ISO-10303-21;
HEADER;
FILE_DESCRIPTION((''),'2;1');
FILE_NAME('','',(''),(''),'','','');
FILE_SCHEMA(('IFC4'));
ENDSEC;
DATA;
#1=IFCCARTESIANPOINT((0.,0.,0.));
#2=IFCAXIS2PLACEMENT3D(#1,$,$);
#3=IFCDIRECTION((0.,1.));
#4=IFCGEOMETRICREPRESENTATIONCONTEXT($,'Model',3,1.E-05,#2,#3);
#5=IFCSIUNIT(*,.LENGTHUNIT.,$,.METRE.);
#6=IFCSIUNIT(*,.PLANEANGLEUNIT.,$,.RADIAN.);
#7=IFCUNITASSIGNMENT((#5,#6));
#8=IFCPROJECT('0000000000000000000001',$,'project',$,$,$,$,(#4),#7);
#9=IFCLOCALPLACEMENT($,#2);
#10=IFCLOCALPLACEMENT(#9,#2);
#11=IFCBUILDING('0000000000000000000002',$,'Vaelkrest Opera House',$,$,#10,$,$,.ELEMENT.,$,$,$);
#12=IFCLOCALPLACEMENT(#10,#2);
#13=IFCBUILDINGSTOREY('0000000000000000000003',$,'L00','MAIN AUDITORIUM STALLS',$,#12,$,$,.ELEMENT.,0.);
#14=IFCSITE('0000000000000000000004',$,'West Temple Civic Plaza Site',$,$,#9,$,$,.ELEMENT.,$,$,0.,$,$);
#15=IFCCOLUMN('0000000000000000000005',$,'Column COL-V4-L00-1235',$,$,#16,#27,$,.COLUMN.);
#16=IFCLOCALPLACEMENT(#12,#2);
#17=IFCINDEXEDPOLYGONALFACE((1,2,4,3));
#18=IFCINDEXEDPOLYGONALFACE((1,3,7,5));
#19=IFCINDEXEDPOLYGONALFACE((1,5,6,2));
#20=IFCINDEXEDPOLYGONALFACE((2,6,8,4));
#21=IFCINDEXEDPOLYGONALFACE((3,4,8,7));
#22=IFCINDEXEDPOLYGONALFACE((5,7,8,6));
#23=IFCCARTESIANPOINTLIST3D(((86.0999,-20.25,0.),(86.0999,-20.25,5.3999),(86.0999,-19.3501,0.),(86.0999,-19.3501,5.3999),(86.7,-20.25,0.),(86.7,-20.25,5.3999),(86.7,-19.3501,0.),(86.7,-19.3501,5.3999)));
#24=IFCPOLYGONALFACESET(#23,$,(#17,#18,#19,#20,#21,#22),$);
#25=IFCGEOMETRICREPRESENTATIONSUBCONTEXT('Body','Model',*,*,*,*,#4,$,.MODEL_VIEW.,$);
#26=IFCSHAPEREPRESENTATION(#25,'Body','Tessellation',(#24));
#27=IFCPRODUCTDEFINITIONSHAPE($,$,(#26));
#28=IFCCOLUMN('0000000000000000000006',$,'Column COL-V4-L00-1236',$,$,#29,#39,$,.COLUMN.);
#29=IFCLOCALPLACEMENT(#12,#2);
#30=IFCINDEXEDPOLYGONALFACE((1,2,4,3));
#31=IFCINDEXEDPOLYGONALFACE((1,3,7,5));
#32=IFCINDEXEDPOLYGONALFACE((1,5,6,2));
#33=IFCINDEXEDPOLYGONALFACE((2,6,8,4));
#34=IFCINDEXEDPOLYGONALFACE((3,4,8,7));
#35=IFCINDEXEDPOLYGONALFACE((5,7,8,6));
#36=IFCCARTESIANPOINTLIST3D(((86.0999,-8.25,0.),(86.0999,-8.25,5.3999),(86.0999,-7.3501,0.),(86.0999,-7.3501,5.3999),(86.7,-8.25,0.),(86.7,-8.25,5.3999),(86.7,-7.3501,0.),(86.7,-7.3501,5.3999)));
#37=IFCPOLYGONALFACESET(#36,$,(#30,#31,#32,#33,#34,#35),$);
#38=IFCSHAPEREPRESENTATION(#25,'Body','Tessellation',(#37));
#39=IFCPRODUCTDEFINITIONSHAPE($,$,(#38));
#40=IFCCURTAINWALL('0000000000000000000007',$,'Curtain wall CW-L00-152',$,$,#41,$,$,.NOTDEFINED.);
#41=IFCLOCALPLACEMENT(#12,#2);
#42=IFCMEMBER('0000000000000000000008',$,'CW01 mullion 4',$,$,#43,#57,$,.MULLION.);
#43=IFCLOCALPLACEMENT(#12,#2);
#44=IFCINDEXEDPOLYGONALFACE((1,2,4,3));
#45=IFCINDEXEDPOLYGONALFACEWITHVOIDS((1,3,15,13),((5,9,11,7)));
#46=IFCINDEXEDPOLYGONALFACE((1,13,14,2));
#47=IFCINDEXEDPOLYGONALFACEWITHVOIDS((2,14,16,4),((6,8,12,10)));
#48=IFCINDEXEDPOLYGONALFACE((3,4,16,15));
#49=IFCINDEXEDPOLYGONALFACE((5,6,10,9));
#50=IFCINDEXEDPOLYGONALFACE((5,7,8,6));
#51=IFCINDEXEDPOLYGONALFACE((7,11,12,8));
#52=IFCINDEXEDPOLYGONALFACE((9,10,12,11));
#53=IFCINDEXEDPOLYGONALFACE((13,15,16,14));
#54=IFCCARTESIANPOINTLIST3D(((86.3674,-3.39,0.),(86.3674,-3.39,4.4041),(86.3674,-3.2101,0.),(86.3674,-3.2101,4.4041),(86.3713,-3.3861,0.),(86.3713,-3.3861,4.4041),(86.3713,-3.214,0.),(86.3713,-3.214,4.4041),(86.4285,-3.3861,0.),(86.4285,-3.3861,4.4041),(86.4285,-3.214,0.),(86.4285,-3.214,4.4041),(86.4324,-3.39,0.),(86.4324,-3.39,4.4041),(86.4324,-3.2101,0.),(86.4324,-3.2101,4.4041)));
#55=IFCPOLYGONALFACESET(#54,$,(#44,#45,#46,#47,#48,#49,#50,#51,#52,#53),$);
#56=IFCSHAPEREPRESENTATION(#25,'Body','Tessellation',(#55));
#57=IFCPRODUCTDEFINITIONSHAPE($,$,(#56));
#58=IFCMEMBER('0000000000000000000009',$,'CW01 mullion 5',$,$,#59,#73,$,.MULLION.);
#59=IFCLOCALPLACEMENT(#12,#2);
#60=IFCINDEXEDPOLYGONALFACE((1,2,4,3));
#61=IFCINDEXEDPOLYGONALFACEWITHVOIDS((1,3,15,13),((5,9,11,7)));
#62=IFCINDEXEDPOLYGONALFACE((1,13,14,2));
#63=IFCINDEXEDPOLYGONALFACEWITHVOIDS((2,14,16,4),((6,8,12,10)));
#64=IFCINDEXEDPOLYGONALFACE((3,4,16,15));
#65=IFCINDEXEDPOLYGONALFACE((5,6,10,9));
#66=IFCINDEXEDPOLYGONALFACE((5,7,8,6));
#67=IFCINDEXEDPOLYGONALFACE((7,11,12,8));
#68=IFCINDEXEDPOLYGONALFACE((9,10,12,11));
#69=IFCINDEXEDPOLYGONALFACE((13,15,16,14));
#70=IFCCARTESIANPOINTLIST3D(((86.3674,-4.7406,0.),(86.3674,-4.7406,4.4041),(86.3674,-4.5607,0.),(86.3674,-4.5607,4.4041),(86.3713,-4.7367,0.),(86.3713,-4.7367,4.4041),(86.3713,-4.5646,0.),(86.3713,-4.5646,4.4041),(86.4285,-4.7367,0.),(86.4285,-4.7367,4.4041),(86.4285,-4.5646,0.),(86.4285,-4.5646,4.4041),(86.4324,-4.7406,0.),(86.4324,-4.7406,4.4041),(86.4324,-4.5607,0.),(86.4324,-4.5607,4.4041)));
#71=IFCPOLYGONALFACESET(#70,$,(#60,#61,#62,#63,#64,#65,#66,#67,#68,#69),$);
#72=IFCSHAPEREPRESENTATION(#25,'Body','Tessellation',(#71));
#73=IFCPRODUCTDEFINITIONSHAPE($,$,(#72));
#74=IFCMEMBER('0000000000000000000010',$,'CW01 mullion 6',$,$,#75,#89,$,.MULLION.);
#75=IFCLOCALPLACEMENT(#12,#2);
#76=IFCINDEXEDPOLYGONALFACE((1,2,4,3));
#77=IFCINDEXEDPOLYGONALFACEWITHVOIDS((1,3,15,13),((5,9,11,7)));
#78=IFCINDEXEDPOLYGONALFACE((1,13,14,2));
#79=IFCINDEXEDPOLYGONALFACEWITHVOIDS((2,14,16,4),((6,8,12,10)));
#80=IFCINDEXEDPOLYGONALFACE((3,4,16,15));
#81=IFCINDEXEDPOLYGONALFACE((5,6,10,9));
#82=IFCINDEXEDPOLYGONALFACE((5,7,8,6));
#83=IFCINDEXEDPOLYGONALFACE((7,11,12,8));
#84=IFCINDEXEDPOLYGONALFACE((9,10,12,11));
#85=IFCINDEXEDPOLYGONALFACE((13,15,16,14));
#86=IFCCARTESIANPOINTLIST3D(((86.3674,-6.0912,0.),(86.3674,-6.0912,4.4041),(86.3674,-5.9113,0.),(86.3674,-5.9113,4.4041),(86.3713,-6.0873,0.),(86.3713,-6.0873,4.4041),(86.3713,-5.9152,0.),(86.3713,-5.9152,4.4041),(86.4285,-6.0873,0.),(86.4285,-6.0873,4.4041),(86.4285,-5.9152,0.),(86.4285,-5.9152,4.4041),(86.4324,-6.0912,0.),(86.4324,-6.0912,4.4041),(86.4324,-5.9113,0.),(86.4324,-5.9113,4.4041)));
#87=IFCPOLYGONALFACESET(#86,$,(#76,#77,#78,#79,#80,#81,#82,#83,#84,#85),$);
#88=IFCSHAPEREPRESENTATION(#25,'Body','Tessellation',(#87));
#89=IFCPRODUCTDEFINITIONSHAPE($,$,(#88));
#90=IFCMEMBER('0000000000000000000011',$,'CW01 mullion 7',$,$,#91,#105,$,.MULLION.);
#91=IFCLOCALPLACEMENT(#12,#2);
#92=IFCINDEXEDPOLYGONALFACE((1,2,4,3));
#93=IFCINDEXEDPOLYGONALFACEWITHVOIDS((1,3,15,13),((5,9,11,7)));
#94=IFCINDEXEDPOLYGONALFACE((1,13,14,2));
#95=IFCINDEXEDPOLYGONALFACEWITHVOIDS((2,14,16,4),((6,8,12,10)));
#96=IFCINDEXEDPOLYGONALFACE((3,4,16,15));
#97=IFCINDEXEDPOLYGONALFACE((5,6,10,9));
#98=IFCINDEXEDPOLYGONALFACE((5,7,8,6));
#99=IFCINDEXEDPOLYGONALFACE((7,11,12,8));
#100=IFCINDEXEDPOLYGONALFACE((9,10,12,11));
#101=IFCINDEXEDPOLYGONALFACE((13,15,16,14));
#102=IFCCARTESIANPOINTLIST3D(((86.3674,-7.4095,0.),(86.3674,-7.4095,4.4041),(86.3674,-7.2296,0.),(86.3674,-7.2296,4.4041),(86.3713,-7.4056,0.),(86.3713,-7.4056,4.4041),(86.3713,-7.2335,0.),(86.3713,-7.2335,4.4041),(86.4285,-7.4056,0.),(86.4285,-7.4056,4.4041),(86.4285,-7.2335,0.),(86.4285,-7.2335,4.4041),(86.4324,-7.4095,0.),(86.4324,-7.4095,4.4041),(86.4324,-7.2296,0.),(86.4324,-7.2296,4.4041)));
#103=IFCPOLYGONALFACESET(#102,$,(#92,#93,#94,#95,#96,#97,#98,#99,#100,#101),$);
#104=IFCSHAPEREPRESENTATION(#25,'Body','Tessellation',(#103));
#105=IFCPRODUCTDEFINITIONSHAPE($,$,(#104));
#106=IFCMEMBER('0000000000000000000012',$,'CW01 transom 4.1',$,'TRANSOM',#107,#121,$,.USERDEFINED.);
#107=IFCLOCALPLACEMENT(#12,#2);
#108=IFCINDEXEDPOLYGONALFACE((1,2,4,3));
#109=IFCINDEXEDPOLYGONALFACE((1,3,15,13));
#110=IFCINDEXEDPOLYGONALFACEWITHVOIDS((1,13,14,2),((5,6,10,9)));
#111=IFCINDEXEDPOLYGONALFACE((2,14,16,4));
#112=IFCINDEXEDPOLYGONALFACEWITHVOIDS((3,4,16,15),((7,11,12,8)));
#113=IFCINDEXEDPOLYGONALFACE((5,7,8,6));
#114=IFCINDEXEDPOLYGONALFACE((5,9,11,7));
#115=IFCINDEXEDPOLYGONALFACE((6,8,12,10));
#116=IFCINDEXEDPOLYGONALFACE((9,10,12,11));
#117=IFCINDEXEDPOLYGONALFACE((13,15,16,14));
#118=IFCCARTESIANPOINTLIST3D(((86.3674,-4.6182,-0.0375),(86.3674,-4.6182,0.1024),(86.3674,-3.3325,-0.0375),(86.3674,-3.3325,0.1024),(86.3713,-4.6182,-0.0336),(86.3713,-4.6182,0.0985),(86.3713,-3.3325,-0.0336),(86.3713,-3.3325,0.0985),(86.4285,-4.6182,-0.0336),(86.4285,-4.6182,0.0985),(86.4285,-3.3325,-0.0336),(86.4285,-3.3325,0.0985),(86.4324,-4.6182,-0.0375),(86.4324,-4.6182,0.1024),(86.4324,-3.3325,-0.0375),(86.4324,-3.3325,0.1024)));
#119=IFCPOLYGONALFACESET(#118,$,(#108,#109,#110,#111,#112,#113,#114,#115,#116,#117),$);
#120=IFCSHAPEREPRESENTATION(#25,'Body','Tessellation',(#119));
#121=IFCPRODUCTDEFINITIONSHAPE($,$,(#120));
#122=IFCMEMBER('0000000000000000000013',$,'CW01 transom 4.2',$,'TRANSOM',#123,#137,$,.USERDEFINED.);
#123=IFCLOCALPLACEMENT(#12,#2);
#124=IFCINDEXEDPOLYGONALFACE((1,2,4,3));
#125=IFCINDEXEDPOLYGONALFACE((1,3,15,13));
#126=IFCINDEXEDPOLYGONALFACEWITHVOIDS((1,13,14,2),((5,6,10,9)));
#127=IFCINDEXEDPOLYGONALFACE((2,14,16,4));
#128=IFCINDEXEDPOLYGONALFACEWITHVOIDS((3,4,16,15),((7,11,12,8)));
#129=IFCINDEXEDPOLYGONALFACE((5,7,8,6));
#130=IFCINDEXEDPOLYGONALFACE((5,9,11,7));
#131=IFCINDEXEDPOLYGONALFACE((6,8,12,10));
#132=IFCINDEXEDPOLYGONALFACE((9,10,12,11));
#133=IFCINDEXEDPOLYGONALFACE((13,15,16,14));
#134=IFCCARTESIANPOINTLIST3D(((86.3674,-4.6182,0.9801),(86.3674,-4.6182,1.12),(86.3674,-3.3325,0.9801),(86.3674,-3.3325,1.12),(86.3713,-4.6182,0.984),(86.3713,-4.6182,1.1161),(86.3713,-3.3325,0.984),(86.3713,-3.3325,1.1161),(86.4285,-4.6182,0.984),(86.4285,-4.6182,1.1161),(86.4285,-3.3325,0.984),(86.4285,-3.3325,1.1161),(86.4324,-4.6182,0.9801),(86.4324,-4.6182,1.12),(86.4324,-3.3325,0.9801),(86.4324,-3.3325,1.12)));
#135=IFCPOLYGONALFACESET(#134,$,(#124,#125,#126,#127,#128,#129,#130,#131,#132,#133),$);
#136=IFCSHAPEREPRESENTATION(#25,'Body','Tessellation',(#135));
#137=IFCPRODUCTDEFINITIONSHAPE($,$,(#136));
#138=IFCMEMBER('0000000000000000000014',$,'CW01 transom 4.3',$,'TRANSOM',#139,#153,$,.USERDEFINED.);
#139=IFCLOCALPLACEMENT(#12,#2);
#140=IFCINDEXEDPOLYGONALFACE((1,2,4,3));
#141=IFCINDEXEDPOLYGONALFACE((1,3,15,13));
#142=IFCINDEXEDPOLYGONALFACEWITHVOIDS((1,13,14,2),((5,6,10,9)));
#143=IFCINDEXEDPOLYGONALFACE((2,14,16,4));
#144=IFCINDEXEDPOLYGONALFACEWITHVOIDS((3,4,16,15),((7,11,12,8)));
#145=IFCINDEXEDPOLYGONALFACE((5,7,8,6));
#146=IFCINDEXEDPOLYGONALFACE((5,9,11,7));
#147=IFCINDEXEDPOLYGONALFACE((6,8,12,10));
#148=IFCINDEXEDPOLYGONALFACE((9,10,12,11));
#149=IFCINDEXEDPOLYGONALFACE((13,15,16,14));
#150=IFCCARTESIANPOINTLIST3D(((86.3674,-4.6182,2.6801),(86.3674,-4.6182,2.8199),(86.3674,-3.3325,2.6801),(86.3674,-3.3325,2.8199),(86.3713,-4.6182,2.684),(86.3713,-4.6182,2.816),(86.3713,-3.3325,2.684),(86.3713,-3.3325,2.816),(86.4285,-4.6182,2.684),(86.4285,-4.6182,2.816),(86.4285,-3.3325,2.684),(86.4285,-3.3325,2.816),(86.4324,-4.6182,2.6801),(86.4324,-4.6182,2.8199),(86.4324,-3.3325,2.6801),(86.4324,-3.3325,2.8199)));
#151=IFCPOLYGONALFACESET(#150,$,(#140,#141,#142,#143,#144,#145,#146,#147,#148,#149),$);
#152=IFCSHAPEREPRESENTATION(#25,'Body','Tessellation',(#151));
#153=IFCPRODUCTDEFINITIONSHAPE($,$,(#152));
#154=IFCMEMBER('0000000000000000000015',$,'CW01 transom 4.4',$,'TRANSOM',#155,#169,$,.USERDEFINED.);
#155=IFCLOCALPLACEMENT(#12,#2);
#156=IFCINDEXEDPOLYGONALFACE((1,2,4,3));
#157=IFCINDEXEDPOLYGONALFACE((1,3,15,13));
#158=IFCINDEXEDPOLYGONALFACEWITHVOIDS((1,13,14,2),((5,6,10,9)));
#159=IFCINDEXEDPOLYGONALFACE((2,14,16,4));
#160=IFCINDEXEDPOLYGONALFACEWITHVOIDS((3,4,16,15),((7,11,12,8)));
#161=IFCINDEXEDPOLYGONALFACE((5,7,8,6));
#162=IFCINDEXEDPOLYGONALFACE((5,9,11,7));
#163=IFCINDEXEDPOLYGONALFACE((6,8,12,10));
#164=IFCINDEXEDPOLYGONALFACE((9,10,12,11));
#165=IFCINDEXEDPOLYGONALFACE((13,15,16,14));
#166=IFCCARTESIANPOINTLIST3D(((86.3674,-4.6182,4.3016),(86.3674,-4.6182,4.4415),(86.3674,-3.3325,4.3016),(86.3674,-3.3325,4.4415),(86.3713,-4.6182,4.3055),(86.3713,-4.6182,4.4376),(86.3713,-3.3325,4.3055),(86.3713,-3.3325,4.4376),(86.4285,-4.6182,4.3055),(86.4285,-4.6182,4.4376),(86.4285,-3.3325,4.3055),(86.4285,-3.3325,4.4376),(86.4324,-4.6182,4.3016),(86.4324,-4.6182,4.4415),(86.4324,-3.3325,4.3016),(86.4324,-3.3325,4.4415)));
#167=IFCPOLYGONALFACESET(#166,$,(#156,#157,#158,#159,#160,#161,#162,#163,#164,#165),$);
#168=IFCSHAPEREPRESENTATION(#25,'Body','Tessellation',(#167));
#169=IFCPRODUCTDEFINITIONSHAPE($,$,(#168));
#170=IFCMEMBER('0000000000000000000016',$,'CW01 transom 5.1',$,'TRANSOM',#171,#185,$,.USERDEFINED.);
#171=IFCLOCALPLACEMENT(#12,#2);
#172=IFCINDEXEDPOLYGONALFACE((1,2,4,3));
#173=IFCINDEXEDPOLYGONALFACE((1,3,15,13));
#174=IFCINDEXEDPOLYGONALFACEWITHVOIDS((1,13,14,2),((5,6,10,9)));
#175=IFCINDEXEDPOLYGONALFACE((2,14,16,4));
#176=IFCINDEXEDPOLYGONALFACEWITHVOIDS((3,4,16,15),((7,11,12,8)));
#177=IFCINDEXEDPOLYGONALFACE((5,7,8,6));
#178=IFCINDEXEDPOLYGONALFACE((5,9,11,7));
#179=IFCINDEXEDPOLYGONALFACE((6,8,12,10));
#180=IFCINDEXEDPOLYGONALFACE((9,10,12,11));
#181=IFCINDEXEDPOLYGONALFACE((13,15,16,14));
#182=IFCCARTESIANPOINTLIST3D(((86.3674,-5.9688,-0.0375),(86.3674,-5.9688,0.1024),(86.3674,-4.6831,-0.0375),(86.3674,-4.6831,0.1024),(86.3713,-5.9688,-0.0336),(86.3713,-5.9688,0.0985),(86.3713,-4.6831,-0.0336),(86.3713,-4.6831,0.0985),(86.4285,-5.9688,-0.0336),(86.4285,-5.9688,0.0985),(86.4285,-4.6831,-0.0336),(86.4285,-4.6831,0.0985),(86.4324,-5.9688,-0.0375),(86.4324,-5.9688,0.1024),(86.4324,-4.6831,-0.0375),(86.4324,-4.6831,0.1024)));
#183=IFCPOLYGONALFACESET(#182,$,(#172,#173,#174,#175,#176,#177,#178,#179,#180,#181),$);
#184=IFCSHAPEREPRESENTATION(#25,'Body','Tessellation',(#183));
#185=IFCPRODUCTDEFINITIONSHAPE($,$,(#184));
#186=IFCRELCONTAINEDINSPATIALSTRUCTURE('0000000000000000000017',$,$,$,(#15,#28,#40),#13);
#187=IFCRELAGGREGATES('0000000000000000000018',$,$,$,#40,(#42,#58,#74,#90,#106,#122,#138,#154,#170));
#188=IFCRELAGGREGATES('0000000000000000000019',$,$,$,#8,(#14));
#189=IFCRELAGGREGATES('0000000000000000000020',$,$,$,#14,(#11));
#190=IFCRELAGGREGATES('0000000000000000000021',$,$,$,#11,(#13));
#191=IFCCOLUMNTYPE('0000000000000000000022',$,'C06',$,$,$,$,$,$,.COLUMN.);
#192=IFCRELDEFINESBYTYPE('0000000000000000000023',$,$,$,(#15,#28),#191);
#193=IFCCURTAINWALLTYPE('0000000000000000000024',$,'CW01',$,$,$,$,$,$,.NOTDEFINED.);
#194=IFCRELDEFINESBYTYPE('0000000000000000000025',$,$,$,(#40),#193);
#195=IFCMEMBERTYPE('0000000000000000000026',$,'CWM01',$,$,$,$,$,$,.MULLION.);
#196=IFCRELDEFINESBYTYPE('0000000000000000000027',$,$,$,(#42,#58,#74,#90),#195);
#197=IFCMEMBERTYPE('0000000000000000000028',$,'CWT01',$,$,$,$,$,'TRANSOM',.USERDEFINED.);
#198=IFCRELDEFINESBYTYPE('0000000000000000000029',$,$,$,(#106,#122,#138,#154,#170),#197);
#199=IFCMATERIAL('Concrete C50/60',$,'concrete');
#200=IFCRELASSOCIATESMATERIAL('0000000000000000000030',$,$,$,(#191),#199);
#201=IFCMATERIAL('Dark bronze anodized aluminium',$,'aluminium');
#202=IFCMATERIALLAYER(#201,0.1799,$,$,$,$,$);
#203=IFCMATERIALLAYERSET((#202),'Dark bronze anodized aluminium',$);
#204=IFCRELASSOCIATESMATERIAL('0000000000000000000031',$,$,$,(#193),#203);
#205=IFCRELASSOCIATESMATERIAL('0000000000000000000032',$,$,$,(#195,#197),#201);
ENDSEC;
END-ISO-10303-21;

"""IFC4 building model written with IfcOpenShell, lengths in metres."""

from ifc_helpers import new_model, si_unit, direction, frame, origin, origin_2d, place, context, subcontext, project, spatial, rectangle, hollow_rectangle, extrude, material, layer, layer_set, material_profile, profile_set, type_object, element, aggregate, save


model = new_model("IFC4")

# Units and contexts
model_context = context("Model", 3, precision=1e-05, world=origin(), true_north=direction((0.0, 1.0)))
body_context = subcontext(model_context, "Body", "Model", "MODEL_VIEW")
ifc_project = project(units=[si_unit("LENGTHUNIT", "METRE"), si_unit("PLANEANGLEUNIT", "RADIAN")], contexts=[model_context])

# Site, building, storey
site_placement = place(None, origin())
site = spatial("IfcSite", under=ifc_project, at=site_placement, Name="West Temple Civic Plaza Site", CompositionType="ELEMENT", RefElevation=0.0)
building_placement = place(site_placement, origin())
building = spatial("IfcBuilding", under=site, at=building_placement, Name="Vaelkrest Opera House", CompositionType="ELEMENT")
storey_placement = place(building_placement, origin())
storey = spatial("IfcBuildingStorey", under=building, at=storey_placement, Name="L00", Description="MAIN AUDITORIUM STALLS", CompositionType="ELEMENT", Elevation=0.0)

# Columns
ifc_material_1 = material(Name="Concrete C50/60", Category="concrete")
ifc_material_profile_1 = material_profile(ifc_material_1, rectangle(XDim=0.6001, YDim=0.8999, at=origin_2d()), Name="RC600X900")
ifc_profile_set_1 = profile_set([ifc_material_profile_1], Name="Concrete C50/60")
column_type = type_object("IfcColumnType", Name="C06", PredefinedType="COLUMN", material=ifc_profile_set_1)
for number, where, z_axis, x_axis, name in (
    (1, (86.3999, -19.8, 0.0), (0.0, 0.0, 1.0), (1.0, 0.0, 0.0), "Column COL-V4-L00-1235"),
    (2, (86.3999, -7.8, 0.0), (0.0, 0.0, 1.0), (1.0, 0.0, 0.0), "Column COL-V4-L00-1236"),
):
    element("IfcColumn", number, at=place(storey_placement, frame(where, z_axis=z_axis, x_axis=x_axis)), inside=storey, type_object=column_type, Name=name, PredefinedType="COLUMN", context=body_context, shape_type="SweptSolid", body=[
        extrude(rectangle(XDim=0.6001, YDim=0.8999, at=origin_2d()), origin(), (0.0, 0.0, 1.0), 5.3999),
    ])

# Curtain wall, members
ifc_material_2 = material(Name="Dark bronze anodized aluminium", Category="aluminium")
ifc_layer_1 = layer(ifc_material_2, 0.1799)
ifc_layer_set_1 = layer_set([ifc_layer_1], Name="Dark bronze anodized aluminium")
curtain_wall_type = type_object("IfcCurtainWallType", Name="CW01", PredefinedType="NOTDEFINED", material=ifc_layer_set_1)
curtain_wall_placement = place(storey_placement, origin())
curtain_wall = element("IfcCurtainWall", 3, at=curtain_wall_placement, inside=storey, type_object=curtain_wall_type, Name="Curtain wall CW-L00-152", PredefinedType="NOTDEFINED")
ifc_material_profile_2 = material_profile(ifc_material_2, hollow_rectangle(XDim=0.0649, YDim=0.1799, WallThickness=0.0039, at=origin_2d()), Name="CWM65X180")
ifc_profile_set_2 = profile_set([ifc_material_profile_2], Name="Dark bronze anodized aluminium")
member_type_1 = type_object("IfcMemberType", Name="CWM01", PredefinedType="MULLION", material=ifc_profile_set_2)
member_1_placement = place(storey_placement, frame((86.3999, -3.3, 0.0), z_axis=(0.0, 0.0, 1.0), x_axis=(1.0, 0.0, 0.0)))
member_1 = element("IfcMember", 4, at=member_1_placement, type_object=member_type_1, Name="CW01 mullion 4", PredefinedType="MULLION", context=body_context, shape_type="SweptSolid", body=[
    extrude(hollow_rectangle(XDim=0.0649, YDim=0.1799, WallThickness=0.0039, at=origin_2d()), origin(), (0.0, 0.0, 1.0), 4.4041),
])
member_2_placement = place(storey_placement, frame((86.3999, -4.6506, 0.0), z_axis=(0.0, 0.0, 1.0), x_axis=(1.0, 0.0, 0.0)))
member_2 = element("IfcMember", 5, at=member_2_placement, type_object=member_type_1, Name="CW01 mullion 5", PredefinedType="MULLION", context=body_context, shape_type="SweptSolid", body=[
    extrude(hollow_rectangle(XDim=0.0649, YDim=0.1799, WallThickness=0.0039, at=origin_2d()), origin(), (0.0, 0.0, 1.0), 4.4041),
])
member_3_placement = place(storey_placement, frame((86.3999, -6.0012, 0.0), z_axis=(0.0, 0.0, 1.0), x_axis=(1.0, 0.0, 0.0)))
member_3 = element("IfcMember", 6, at=member_3_placement, type_object=member_type_1, Name="CW01 mullion 6", PredefinedType="MULLION", context=body_context, shape_type="SweptSolid", body=[
    extrude(hollow_rectangle(XDim=0.0649, YDim=0.1799, WallThickness=0.0039, at=origin_2d()), origin(), (0.0, 0.0, 1.0), 4.4041),
])
member_4_placement = place(storey_placement, frame((86.3999, -7.3196, 0.0), z_axis=(0.0, 0.0, 1.0), x_axis=(1.0, 0.0, 0.0)))
member_4 = element("IfcMember", 7, at=member_4_placement, type_object=member_type_1, Name="CW01 mullion 7", PredefinedType="MULLION", context=body_context, shape_type="SweptSolid", body=[
    extrude(hollow_rectangle(XDim=0.0649, YDim=0.1799, WallThickness=0.0039, at=origin_2d()), origin(), (0.0, 0.0, 1.0), 4.4041),
])
ifc_material_profile_3 = material_profile(ifc_material_2, hollow_rectangle(XDim=0.0649, YDim=0.1399, WallThickness=0.0039, at=origin_2d()), Name="CWT65X140")
ifc_profile_set_3 = profile_set([ifc_material_profile_3], Name="Dark bronze anodized aluminium")
member_type_2 = type_object("IfcMemberType", Name="CWT01", ElementType="TRANSOM", PredefinedType="USERDEFINED", material=ifc_profile_set_3)
member_5_placement = place(storey_placement, frame((86.3999, -3.3325, 0.0325), z_axis=(0.0, -1.0, 0.0), x_axis=(1.0, 0.0, 0.0)))
member_5 = element("IfcMember", 8, at=member_5_placement, type_object=member_type_2, Name="CW01 transom 4.1", ObjectType="TRANSOM", PredefinedType="USERDEFINED", context=body_context, shape_type="SweptSolid", body=[
    extrude(hollow_rectangle(XDim=0.0649, YDim=0.1399, WallThickness=0.0039, at=origin_2d()), origin(), (0.0, 0.0, 1.0), 1.2856),
])
member_6_placement = place(storey_placement, frame((86.3999, -3.3325, 1.05), z_axis=(0.0, -1.0, 0.0), x_axis=(1.0, 0.0, 0.0)))
member_6 = element("IfcMember", 9, at=member_6_placement, type_object=member_type_2, Name="CW01 transom 4.2", ObjectType="TRANSOM", PredefinedType="USERDEFINED", context=body_context, shape_type="SweptSolid", body=[
    extrude(hollow_rectangle(XDim=0.0649, YDim=0.1399, WallThickness=0.0039, at=origin_2d()), origin(), (0.0, 0.0, 1.0), 1.2856),
])
member_7_placement = place(storey_placement, frame((86.3999, -3.3325, 2.75), z_axis=(0.0, -1.0, 0.0), x_axis=(1.0, 0.0, 0.0)))
member_7 = element("IfcMember", 10, at=member_7_placement, type_object=member_type_2, Name="CW01 transom 4.3", ObjectType="TRANSOM", PredefinedType="USERDEFINED", context=body_context, shape_type="SweptSolid", body=[
    extrude(hollow_rectangle(XDim=0.0649, YDim=0.1399, WallThickness=0.0039, at=origin_2d()), origin(), (0.0, 0.0, 1.0), 1.2856),
])
member_8_placement = place(storey_placement, frame((86.3999, -3.3325, 4.3716), z_axis=(0.0, -1.0, 0.0), x_axis=(1.0, 0.0, 0.0)))
member_8 = element("IfcMember", 11, at=member_8_placement, type_object=member_type_2, Name="CW01 transom 4.4", ObjectType="TRANSOM", PredefinedType="USERDEFINED", context=body_context, shape_type="SweptSolid", body=[
    extrude(hollow_rectangle(XDim=0.0649, YDim=0.1399, WallThickness=0.0039, at=origin_2d()), origin(), (0.0, 0.0, 1.0), 1.2856),
])
member_9_placement = place(storey_placement, frame((86.3999, -4.6831, 0.0325), z_axis=(0.0, -1.0, 0.0), x_axis=(1.0, 0.0, 0.0)))
member_9 = element("IfcMember", 12, at=member_9_placement, type_object=member_type_2, Name="CW01 transom 5.1", ObjectType="TRANSOM", PredefinedType="USERDEFINED", context=body_context, shape_type="SweptSolid", body=[
    extrude(hollow_rectangle(XDim=0.0649, YDim=0.1399, WallThickness=0.0039, at=origin_2d()), origin(), (0.0, 0.0, 1.0), 1.2856),
])

aggregate(curtain_wall, [member_1, member_2, member_3, member_4, member_5, member_6, member_7, member_8, member_9])

save(model, "model.ifc")
